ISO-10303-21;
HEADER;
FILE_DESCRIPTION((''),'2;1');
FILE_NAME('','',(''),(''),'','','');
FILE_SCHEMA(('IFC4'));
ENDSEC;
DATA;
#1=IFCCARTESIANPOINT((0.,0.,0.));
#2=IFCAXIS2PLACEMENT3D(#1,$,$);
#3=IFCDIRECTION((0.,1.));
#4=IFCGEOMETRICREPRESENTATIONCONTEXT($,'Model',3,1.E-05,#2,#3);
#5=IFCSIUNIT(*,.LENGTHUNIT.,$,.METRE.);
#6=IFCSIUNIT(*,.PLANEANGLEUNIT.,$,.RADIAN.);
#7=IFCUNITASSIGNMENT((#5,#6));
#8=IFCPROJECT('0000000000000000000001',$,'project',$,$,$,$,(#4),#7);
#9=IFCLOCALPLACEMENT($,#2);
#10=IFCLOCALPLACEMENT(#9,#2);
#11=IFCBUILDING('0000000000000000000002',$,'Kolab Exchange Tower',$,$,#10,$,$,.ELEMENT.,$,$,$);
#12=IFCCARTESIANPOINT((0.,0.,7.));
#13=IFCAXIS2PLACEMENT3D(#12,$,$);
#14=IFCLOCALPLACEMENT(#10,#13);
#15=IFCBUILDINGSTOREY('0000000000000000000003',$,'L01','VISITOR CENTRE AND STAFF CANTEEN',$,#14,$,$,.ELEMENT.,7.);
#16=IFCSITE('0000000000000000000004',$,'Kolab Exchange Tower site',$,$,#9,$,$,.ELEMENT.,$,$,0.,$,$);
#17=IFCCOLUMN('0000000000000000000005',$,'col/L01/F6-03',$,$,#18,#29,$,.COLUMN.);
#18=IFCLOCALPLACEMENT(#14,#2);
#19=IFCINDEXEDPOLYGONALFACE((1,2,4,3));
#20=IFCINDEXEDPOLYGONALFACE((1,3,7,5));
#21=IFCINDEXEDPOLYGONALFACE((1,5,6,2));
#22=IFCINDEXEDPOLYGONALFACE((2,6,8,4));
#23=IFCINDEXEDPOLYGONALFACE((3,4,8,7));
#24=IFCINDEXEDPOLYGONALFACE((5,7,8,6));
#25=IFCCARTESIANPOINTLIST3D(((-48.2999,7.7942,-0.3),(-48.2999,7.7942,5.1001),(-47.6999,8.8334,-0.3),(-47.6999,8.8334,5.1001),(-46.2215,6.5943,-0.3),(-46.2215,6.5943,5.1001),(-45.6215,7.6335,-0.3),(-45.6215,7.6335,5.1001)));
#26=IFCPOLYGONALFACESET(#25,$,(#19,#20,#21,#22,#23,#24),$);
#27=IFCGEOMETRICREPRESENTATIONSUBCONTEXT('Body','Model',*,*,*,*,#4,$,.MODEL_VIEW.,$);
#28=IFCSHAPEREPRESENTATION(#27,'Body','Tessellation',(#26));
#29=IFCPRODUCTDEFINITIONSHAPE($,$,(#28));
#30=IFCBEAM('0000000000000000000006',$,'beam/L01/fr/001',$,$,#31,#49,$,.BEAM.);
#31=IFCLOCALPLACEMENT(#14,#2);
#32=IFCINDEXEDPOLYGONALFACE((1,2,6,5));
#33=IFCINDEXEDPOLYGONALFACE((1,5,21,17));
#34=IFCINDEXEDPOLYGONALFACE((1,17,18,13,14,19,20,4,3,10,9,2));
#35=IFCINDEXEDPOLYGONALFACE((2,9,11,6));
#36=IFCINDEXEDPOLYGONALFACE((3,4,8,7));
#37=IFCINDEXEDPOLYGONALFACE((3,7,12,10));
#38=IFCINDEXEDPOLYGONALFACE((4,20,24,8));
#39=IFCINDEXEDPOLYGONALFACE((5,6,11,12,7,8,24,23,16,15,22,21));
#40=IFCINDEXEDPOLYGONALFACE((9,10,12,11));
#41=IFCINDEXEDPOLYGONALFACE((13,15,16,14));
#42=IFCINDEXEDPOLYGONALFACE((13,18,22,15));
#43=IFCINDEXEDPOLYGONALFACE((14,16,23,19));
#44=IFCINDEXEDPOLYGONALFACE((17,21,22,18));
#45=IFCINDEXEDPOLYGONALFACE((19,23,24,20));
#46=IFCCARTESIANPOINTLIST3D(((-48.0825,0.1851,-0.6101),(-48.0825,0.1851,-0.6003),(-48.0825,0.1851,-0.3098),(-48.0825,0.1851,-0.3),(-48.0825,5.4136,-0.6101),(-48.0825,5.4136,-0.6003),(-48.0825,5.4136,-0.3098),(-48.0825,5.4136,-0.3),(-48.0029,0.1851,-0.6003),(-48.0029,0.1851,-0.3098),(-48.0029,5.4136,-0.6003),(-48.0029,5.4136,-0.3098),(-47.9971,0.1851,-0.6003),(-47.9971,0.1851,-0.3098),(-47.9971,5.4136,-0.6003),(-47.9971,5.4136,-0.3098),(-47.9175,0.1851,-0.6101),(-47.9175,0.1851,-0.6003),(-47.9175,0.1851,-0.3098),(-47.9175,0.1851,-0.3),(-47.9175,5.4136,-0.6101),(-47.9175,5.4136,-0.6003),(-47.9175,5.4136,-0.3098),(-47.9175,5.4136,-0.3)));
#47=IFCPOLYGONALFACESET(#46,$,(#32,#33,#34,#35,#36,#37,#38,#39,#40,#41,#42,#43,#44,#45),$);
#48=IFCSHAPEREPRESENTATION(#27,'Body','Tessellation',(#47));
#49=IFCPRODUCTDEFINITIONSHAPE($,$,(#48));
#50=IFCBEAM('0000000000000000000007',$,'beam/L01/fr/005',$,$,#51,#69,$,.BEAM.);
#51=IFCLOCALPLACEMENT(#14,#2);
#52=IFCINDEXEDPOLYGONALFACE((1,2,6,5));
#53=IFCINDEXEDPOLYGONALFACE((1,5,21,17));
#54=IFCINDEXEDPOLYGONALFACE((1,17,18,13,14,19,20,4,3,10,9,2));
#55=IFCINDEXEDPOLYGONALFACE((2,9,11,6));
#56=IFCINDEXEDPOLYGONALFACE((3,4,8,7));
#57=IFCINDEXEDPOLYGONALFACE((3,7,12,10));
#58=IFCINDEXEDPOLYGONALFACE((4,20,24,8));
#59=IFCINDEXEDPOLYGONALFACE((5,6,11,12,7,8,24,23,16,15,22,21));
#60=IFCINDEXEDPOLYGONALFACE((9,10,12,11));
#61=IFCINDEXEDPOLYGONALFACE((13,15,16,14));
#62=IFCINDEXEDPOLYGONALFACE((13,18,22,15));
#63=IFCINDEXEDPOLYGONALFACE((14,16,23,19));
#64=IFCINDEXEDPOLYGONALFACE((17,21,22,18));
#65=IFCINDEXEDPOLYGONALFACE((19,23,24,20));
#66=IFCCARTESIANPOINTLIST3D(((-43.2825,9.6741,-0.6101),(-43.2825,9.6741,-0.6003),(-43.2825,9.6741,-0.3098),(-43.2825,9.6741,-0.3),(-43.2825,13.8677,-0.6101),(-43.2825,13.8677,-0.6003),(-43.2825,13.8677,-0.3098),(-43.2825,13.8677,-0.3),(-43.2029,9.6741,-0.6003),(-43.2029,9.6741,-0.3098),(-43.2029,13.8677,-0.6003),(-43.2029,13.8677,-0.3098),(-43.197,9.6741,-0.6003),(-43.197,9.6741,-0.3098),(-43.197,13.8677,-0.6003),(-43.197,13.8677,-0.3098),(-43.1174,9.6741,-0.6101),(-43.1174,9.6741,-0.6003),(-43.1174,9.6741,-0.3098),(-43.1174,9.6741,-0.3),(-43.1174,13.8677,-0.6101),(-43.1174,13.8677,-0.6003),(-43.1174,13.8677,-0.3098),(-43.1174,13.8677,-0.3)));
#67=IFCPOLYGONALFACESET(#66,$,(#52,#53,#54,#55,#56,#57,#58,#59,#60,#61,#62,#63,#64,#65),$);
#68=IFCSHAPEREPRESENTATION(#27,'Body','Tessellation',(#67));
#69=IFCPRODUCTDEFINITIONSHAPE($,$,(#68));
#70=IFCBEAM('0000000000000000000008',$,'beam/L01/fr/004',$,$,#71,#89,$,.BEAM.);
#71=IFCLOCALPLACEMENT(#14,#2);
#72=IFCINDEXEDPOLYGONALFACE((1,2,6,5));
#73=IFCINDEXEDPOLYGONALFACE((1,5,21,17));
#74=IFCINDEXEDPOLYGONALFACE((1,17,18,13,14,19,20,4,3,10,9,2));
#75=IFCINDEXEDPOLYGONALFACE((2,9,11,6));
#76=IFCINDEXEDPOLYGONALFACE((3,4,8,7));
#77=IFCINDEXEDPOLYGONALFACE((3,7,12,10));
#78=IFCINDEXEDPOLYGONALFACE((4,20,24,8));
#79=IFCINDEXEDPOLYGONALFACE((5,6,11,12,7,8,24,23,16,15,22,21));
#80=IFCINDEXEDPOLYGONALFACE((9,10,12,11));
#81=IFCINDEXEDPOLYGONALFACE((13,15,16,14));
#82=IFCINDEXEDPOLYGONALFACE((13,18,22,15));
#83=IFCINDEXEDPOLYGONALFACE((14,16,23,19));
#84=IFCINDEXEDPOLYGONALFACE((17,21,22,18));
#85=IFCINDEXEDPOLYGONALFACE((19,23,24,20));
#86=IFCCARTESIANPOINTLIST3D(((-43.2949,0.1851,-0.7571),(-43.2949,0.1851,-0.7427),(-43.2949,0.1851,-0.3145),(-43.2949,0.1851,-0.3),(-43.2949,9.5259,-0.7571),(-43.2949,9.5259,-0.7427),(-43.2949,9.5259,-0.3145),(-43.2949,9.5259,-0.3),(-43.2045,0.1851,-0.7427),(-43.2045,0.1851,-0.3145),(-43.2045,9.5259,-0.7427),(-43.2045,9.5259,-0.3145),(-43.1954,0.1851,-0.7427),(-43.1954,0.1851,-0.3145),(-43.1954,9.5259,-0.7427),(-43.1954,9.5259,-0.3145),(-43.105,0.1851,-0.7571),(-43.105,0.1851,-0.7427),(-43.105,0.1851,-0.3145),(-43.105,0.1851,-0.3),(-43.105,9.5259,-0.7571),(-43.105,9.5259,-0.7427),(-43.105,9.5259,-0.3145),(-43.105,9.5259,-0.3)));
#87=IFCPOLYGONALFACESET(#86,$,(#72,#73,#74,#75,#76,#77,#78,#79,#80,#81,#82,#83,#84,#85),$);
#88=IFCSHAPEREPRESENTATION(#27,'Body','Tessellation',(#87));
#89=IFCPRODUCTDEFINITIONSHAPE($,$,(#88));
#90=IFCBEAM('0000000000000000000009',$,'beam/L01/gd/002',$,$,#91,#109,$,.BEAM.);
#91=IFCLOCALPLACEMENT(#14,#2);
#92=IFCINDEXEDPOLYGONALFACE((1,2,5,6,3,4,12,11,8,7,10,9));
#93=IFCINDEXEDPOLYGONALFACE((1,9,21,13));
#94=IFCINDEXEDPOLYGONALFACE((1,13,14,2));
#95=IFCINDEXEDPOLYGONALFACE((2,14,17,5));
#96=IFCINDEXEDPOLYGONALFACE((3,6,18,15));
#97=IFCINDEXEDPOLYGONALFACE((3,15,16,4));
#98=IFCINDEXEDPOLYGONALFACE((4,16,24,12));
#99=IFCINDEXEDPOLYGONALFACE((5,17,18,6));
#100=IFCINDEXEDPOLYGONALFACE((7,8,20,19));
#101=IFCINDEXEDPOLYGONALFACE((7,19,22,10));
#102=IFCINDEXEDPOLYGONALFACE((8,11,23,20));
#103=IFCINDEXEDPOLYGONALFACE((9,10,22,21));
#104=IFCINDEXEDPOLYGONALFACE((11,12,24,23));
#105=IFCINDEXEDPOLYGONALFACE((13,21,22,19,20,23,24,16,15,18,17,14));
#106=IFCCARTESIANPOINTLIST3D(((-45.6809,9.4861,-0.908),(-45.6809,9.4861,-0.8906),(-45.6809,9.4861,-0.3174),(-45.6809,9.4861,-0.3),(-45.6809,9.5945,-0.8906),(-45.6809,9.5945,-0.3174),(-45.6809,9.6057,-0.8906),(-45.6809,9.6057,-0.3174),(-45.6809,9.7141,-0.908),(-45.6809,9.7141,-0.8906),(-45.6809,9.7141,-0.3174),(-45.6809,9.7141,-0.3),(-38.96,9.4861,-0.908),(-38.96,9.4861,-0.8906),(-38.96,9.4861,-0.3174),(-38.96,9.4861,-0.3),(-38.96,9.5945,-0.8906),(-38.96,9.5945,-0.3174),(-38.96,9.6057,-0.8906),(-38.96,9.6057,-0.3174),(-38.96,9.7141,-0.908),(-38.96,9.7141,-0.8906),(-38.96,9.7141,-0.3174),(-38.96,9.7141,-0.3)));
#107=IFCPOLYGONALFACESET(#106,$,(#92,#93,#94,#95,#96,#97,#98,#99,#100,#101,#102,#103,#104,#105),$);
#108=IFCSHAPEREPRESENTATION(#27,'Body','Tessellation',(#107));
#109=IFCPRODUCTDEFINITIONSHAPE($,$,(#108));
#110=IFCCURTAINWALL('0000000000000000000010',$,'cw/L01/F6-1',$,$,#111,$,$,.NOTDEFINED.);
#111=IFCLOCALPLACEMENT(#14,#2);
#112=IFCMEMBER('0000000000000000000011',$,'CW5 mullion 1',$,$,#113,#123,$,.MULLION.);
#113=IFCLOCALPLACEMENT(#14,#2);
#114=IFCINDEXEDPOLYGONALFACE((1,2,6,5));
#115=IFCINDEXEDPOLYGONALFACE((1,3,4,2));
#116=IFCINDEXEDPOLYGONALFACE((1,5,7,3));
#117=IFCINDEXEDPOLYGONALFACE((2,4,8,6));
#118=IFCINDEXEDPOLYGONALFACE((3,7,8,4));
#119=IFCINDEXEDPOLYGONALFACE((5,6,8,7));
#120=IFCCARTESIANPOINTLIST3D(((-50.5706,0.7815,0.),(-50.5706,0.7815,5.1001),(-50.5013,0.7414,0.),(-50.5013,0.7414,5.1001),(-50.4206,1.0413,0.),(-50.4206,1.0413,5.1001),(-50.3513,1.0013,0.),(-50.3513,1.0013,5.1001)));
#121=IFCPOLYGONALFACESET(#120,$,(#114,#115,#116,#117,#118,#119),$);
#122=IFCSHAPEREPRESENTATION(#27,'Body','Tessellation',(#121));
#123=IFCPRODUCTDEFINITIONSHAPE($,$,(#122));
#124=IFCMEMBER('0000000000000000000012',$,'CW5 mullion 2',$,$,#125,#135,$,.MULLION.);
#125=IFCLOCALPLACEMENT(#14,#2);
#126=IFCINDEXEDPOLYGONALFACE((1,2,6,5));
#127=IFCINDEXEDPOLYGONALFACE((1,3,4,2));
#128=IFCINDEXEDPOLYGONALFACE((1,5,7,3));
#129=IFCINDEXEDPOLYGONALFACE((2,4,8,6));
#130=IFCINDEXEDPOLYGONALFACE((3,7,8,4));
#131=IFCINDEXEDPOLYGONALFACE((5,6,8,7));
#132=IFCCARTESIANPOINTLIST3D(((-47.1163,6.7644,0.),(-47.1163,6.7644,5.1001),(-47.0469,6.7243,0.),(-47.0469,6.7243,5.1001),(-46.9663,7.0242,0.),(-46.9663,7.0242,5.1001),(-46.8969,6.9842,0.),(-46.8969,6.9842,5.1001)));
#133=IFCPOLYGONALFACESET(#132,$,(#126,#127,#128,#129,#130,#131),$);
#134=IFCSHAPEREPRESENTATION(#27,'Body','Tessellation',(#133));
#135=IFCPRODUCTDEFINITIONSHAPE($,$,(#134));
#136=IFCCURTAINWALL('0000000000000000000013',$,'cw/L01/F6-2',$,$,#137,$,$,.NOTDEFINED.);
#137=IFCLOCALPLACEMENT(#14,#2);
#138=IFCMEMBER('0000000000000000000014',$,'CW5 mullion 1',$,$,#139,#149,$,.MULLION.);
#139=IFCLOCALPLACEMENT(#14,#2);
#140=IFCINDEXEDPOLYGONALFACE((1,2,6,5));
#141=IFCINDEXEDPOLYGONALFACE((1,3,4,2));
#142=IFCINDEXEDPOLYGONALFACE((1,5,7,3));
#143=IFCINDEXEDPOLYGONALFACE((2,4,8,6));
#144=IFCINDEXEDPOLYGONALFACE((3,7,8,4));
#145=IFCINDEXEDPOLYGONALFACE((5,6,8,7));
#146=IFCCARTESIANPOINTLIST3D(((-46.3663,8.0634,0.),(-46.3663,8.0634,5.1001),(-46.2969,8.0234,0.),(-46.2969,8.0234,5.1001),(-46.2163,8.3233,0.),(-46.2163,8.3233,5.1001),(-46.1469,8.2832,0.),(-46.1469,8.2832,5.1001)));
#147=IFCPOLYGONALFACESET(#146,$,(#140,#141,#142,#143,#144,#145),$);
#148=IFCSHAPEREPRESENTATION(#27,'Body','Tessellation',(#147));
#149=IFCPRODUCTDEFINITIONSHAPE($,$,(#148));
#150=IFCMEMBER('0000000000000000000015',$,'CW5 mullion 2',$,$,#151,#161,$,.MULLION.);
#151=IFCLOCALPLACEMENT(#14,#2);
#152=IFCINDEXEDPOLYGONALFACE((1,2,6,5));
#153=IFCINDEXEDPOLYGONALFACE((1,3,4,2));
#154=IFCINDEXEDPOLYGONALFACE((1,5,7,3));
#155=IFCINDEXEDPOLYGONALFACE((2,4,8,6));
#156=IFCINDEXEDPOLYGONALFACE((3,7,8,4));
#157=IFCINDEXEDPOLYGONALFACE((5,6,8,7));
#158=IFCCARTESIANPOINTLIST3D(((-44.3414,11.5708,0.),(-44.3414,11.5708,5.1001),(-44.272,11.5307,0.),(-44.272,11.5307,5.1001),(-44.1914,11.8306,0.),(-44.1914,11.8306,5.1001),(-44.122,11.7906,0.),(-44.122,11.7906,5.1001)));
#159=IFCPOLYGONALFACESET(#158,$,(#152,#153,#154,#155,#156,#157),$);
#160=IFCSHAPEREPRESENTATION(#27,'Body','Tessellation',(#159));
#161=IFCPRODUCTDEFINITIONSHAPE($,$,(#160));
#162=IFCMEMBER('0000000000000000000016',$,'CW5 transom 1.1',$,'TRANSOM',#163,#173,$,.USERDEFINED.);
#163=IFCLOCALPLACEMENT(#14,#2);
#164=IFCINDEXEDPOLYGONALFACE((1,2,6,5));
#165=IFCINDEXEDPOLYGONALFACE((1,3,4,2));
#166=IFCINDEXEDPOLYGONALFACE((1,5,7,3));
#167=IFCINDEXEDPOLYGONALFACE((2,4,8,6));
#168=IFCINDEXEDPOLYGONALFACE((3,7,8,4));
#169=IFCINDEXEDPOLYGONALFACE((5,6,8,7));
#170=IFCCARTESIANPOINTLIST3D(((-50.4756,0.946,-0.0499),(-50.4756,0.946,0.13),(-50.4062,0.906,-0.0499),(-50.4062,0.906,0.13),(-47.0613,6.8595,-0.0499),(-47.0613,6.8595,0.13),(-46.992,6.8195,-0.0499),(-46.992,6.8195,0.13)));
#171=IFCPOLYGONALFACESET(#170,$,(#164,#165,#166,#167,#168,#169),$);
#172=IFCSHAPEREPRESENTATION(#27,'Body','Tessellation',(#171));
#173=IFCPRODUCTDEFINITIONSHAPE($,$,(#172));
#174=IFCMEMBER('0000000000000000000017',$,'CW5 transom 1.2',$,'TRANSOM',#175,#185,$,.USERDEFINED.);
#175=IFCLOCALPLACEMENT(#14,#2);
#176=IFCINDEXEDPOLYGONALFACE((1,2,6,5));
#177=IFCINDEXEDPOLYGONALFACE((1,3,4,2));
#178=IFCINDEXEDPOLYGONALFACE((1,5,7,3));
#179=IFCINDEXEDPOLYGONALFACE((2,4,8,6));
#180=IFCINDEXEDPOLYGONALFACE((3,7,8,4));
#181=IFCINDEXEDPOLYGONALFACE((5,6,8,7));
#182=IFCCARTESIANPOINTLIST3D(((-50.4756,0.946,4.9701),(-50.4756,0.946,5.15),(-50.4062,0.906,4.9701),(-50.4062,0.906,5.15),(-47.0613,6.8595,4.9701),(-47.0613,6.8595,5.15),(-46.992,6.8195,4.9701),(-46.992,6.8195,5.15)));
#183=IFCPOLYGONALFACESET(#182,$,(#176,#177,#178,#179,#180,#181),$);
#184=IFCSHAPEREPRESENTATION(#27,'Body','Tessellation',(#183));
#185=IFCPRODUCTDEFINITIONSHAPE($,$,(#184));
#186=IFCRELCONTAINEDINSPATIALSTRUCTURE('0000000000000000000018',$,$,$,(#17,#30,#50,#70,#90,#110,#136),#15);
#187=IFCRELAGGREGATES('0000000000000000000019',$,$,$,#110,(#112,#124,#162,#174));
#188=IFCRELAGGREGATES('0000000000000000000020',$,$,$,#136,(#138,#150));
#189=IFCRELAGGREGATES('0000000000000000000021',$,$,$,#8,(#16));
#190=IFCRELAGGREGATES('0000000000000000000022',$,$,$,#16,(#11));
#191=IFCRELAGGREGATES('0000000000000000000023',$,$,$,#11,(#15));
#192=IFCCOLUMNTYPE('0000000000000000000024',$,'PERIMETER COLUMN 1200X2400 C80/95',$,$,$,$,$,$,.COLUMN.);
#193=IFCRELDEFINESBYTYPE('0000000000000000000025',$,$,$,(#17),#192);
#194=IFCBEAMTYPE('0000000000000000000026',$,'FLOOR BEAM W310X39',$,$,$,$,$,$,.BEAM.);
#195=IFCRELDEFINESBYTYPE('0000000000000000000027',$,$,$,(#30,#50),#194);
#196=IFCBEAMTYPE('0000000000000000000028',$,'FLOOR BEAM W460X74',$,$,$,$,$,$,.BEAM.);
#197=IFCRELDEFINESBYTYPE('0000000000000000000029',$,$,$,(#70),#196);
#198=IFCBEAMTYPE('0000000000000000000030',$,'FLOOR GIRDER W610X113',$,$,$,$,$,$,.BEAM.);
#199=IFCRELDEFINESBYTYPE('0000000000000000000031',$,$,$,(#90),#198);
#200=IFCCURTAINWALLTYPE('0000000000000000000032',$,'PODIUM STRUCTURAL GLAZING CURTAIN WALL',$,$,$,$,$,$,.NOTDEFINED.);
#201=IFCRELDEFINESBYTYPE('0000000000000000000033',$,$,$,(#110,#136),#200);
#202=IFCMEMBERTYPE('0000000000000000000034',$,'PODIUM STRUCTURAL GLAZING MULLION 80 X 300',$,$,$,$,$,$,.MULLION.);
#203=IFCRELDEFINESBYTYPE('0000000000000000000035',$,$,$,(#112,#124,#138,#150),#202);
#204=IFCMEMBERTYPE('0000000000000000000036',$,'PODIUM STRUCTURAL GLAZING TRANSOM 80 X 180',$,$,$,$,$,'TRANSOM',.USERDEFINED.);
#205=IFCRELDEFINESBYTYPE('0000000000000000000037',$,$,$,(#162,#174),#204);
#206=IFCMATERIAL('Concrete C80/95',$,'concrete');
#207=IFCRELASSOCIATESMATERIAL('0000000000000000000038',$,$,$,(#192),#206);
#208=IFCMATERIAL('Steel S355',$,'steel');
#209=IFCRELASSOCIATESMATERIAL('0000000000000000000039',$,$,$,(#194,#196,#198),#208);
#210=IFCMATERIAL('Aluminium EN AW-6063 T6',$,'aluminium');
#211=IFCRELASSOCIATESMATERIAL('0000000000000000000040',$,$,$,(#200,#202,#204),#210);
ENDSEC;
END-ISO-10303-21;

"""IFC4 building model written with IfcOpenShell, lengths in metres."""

from ifc_helpers import new_model, si_unit, direction, frame, origin, origin_2d, place, context, subcontext, project, spatial, rectangle, i_section, extrude, material, material_profile, profile_set, type_object, element, aggregate, save


model = new_model("IFC4")

# Units and contexts
model_context = context("Model", 3, precision=1e-05, world=origin(), true_north=direction((0.0, 1.0)))
body_context = subcontext(model_context, "Body", "Model", "MODEL_VIEW")
ifc_project = project(units=[si_unit("LENGTHUNIT", "METRE"), si_unit("PLANEANGLEUNIT", "RADIAN")], contexts=[model_context])

# Site, building, storey
site_placement = place(None, origin())
site = spatial("IfcSite", under=ifc_project, at=site_placement, Name="Kolab Exchange Tower site", CompositionType="ELEMENT", RefElevation=0.0)
building_placement = place(site_placement, origin())
building = spatial("IfcBuilding", under=site, at=building_placement, Name="Kolab Exchange Tower", CompositionType="ELEMENT")
storey_placement = place(building_placement, frame((0.0, 0.0, 7.0)))
storey = spatial("IfcBuildingStorey", under=building, at=storey_placement, Name="L01", Description="VISITOR CENTRE AND STAFF CANTEEN", CompositionType="ELEMENT", Elevation=7.0)

# Column
ifc_material_1 = material(Name="Concrete C80/95", Category="concrete")
ifc_material_profile_1 = material_profile(ifc_material_1, rectangle(XDim=1.2, YDim=2.3999, at=origin_2d()), Name="RC1200X2400")
ifc_profile_set_1 = profile_set([ifc_material_profile_1], Name="Concrete C80/95")
column_type = type_object("IfcColumnType", Name="PERIMETER COLUMN 1200X2400 C80/95", PredefinedType="COLUMN", material=ifc_profile_set_1)
column_placement = place(storey_placement, frame((-46.9607, 7.7139, -0.3), z_axis=(0.0, 0.0, 1.0), x_axis=(0.5, 0.866025, 0.0)))
element("IfcColumn", 1, at=column_placement, inside=storey, type_object=column_type, Name="col/L01/F6-03", PredefinedType="COLUMN", context=body_context, shape_type="SweptSolid", body=[
    extrude(rectangle(XDim=1.2, YDim=2.3999, at=origin_2d()), origin(), (0.0, 0.0, 1.0), 5.4001),
])

# Beams
ifc_material_2 = material(Name="Steel S355", Category="steel")
ifc_material_profile_2 = material_profile(ifc_material_2, i_section(OverallWidth=0.165, OverallDepth=0.3101, WebThickness=0.0059, FlangeThickness=0.0098, at=origin_2d()), Name="W310X39")
ifc_profile_set_2 = profile_set([ifc_material_profile_2], Name="Steel S355")
beam_type_1 = type_object("IfcBeamType", Name="FLOOR BEAM W310X39", PredefinedType="BEAM", material=ifc_profile_set_2)
beam_1_placement = place(storey_placement, frame((-48.0, 0.1851, -0.4551), z_axis=(0.0, 1.0, 0.0), x_axis=(-1.0, 0.0, 0.0)))
element("IfcBeam", 2, at=beam_1_placement, inside=storey, type_object=beam_type_1, Name="beam/L01/fr/001", PredefinedType="BEAM", context=body_context, shape_type="SweptSolid", body=[
    extrude(i_section(OverallWidth=0.165, OverallDepth=0.3101, WebThickness=0.0059, FlangeThickness=0.0098, at=origin_2d()), origin(), (0.0, 0.0, 1.0), 5.2285),
])
beam_2_placement = place(storey_placement, frame((-43.2, 9.6741, -0.4551), z_axis=(0.0, 1.0, 0.0), x_axis=(-1.0, 0.0, 0.0)))
element("IfcBeam", 3, at=beam_2_placement, inside=storey, type_object=beam_type_1, Name="beam/L01/fr/005", PredefinedType="BEAM", context=body_context, shape_type="SweptSolid", body=[
    extrude(i_section(OverallWidth=0.165, OverallDepth=0.3101, WebThickness=0.0059, FlangeThickness=0.0098, at=origin_2d()), origin(), (0.0, 0.0, 1.0), 4.1936),
])
ifc_material_profile_3 = material_profile(ifc_material_2, i_section(OverallWidth=0.1899, OverallDepth=0.457, WebThickness=0.009, FlangeThickness=0.0144, at=origin_2d()), Name="W460X74")
ifc_profile_set_3 = profile_set([ifc_material_profile_3], Name="Steel S355")
beam_type_2 = type_object("IfcBeamType", Name="FLOOR BEAM W460X74", PredefinedType="BEAM", material=ifc_profile_set_3)
beam_3_placement = place(storey_placement, frame((-43.2, 0.1851, -0.5286), z_axis=(0.0, 1.0, 0.0), x_axis=(-1.0, 0.0, 0.0)))
element("IfcBeam", 4, at=beam_3_placement, inside=storey, type_object=beam_type_2, Name="beam/L01/fr/004", PredefinedType="BEAM", context=body_context, shape_type="SweptSolid", body=[
    extrude(i_section(OverallWidth=0.1899, OverallDepth=0.457, WebThickness=0.009, FlangeThickness=0.0144, at=origin_2d()), origin(), (0.0, 0.0, 1.0), 9.3408),
])
ifc_material_profile_4 = material_profile(ifc_material_2, i_section(OverallWidth=0.228, OverallDepth=0.6079, WebThickness=0.0112, FlangeThickness=0.0173, at=origin_2d()), Name="W610X113")
ifc_profile_set_4 = profile_set([ifc_material_profile_4], Name="Steel S355")
beam_type_3 = type_object("IfcBeamType", Name="FLOOR GIRDER W610X113", PredefinedType="BEAM", material=ifc_profile_set_4)
beam_4_placement = place(storey_placement, frame((-45.6809, 9.6001, -0.604), z_axis=(1.0, 0.0, 0.0), x_axis=(0.0, 1.0, 0.0)))
element("IfcBeam", 5, at=beam_4_placement, inside=storey, type_object=beam_type_3, Name="beam/L01/gd/002", PredefinedType="BEAM", context=body_context, shape_type="SweptSolid", body=[
    extrude(i_section(OverallWidth=0.228, OverallDepth=0.6079, WebThickness=0.0112, FlangeThickness=0.0173, at=origin_2d()), origin(), (0.0, 0.0, 1.0), 6.7209),
])

# Curtain walls, members
ifc_material_3 = material(Name="Aluminium EN AW-6063 T6", Category="aluminium")
curtain_wall_type = type_object("IfcCurtainWallType", Name="PODIUM STRUCTURAL GLAZING CURTAIN WALL", PredefinedType="NOTDEFINED", material=ifc_material_3)
curtain_wall_1_placement = place(storey_placement, origin())
curtain_wall_1 = element("IfcCurtainWall", 6, at=curtain_wall_1_placement, inside=storey, type_object=curtain_wall_type, Name="cw/L01/F6-1", PredefinedType="NOTDEFINED")
ifc_material_profile_5 = material_profile(ifc_material_3, rectangle(XDim=0.0801, YDim=0.3, at=origin_2d()), Name="RECT 80X300")
ifc_profile_set_5 = profile_set([ifc_material_profile_5], Name="Aluminium EN AW-6063 T6")
member_type_1 = type_object("IfcMemberType", Name="PODIUM STRUCTURAL GLAZING MULLION 80 X 300", PredefinedType="MULLION", material=ifc_profile_set_5)
member_1_placement = place(storey_placement, frame((-50.4609, 0.8914, 0.0), z_axis=(0.0, 0.0, 1.0), x_axis=(-0.866025, 0.5, 0.0)))
member_1 = element("IfcMember", 7, at=member_1_placement, type_object=member_type_1, Name="CW5 mullion 1", PredefinedType="MULLION", context=body_context, shape_type="SweptSolid", body=[
    extrude(rectangle(XDim=0.0801, YDim=0.3, at=origin_2d()), origin(), (0.0, 0.0, 1.0), 5.1001),
])
member_2_placement = place(storey_placement, frame((-47.0066, 6.8743, 0.0), z_axis=(0.0, 0.0, 1.0), x_axis=(-0.866025, 0.5, 0.0)))
member_2 = element("IfcMember", 8, at=member_2_placement, type_object=member_type_1, Name="CW5 mullion 2", PredefinedType="MULLION", context=body_context, shape_type="SweptSolid", body=[
    extrude(rectangle(XDim=0.0801, YDim=0.3, at=origin_2d()), origin(), (0.0, 0.0, 1.0), 5.1001),
])
curtain_wall_2_placement = place(storey_placement, origin())
curtain_wall_2 = element("IfcCurtainWall", 9, at=curtain_wall_2_placement, inside=storey, type_object=curtain_wall_type, Name="cw/L01/F6-2", PredefinedType="NOTDEFINED")
member_3_placement = place(storey_placement, frame((-46.2566, 8.1733, 0.0), z_axis=(0.0, 0.0, 1.0), x_axis=(-0.866025, 0.5, 0.0)))
member_3 = element("IfcMember", 10, at=member_3_placement, type_object=member_type_1, Name="CW5 mullion 1", PredefinedType="MULLION", context=body_context, shape_type="SweptSolid", body=[
    extrude(rectangle(XDim=0.0801, YDim=0.3, at=origin_2d()), origin(), (0.0, 0.0, 1.0), 5.1001),
])
member_4_placement = place(storey_placement, frame((-44.2317, 11.6807, 0.0), z_axis=(0.0, 0.0, 1.0), x_axis=(-0.866025, 0.5, 0.0)))
member_4 = element("IfcMember", 11, at=member_4_placement, type_object=member_type_1, Name="CW5 mullion 2", PredefinedType="MULLION", context=body_context, shape_type="SweptSolid", body=[
    extrude(rectangle(XDim=0.0801, YDim=0.3, at=origin_2d()), origin(), (0.0, 0.0, 1.0), 5.1001),
])

# Members
ifc_material_profile_6 = material_profile(ifc_material_3, rectangle(XDim=0.0801, YDim=0.1799, at=origin_2d()), Name="RECT 80X180")
ifc_profile_set_6 = profile_set([ifc_material_profile_6], Name="Aluminium EN AW-6063 T6")
member_type_2 = type_object("IfcMemberType", Name="PODIUM STRUCTURAL GLAZING TRANSOM 80 X 180", ElementType="TRANSOM", PredefinedType="USERDEFINED", material=ifc_profile_set_6)
member_5_placement = place(storey_placement, frame((-50.4409, 0.926, 0.04), z_axis=(0.500011, 0.866019, 0.0), x_axis=(-0.866019, 0.500011, 0.0)))
member_5 = element("IfcMember", 12, at=member_5_placement, type_object=member_type_2, Name="CW5 transom 1.1", ObjectType="TRANSOM", PredefinedType="USERDEFINED", context=body_context, shape_type="SweptSolid", body=[
    extrude(rectangle(XDim=0.0801, YDim=0.1799, at=origin_2d()), origin(), (0.0, 0.0, 1.0), 6.8284),
])
member_6_placement = place(storey_placement, frame((-50.4409, 0.926, 5.0601), z_axis=(0.500011, 0.866019, 0.0), x_axis=(-0.866019, 0.500011, 0.0)))
member_6 = element("IfcMember", 13, at=member_6_placement, type_object=member_type_2, Name="CW5 transom 1.2", ObjectType="TRANSOM", PredefinedType="USERDEFINED", context=body_context, shape_type="SweptSolid", body=[
    extrude(rectangle(XDim=0.0801, YDim=0.1799, at=origin_2d()), origin(), (0.0, 0.0, 1.0), 6.8284),
])

aggregate(curtain_wall_1, [member_1, member_2, member_5, member_6])
aggregate(curtain_wall_2, [member_3, member_4])

save(model, "model.ifc")
